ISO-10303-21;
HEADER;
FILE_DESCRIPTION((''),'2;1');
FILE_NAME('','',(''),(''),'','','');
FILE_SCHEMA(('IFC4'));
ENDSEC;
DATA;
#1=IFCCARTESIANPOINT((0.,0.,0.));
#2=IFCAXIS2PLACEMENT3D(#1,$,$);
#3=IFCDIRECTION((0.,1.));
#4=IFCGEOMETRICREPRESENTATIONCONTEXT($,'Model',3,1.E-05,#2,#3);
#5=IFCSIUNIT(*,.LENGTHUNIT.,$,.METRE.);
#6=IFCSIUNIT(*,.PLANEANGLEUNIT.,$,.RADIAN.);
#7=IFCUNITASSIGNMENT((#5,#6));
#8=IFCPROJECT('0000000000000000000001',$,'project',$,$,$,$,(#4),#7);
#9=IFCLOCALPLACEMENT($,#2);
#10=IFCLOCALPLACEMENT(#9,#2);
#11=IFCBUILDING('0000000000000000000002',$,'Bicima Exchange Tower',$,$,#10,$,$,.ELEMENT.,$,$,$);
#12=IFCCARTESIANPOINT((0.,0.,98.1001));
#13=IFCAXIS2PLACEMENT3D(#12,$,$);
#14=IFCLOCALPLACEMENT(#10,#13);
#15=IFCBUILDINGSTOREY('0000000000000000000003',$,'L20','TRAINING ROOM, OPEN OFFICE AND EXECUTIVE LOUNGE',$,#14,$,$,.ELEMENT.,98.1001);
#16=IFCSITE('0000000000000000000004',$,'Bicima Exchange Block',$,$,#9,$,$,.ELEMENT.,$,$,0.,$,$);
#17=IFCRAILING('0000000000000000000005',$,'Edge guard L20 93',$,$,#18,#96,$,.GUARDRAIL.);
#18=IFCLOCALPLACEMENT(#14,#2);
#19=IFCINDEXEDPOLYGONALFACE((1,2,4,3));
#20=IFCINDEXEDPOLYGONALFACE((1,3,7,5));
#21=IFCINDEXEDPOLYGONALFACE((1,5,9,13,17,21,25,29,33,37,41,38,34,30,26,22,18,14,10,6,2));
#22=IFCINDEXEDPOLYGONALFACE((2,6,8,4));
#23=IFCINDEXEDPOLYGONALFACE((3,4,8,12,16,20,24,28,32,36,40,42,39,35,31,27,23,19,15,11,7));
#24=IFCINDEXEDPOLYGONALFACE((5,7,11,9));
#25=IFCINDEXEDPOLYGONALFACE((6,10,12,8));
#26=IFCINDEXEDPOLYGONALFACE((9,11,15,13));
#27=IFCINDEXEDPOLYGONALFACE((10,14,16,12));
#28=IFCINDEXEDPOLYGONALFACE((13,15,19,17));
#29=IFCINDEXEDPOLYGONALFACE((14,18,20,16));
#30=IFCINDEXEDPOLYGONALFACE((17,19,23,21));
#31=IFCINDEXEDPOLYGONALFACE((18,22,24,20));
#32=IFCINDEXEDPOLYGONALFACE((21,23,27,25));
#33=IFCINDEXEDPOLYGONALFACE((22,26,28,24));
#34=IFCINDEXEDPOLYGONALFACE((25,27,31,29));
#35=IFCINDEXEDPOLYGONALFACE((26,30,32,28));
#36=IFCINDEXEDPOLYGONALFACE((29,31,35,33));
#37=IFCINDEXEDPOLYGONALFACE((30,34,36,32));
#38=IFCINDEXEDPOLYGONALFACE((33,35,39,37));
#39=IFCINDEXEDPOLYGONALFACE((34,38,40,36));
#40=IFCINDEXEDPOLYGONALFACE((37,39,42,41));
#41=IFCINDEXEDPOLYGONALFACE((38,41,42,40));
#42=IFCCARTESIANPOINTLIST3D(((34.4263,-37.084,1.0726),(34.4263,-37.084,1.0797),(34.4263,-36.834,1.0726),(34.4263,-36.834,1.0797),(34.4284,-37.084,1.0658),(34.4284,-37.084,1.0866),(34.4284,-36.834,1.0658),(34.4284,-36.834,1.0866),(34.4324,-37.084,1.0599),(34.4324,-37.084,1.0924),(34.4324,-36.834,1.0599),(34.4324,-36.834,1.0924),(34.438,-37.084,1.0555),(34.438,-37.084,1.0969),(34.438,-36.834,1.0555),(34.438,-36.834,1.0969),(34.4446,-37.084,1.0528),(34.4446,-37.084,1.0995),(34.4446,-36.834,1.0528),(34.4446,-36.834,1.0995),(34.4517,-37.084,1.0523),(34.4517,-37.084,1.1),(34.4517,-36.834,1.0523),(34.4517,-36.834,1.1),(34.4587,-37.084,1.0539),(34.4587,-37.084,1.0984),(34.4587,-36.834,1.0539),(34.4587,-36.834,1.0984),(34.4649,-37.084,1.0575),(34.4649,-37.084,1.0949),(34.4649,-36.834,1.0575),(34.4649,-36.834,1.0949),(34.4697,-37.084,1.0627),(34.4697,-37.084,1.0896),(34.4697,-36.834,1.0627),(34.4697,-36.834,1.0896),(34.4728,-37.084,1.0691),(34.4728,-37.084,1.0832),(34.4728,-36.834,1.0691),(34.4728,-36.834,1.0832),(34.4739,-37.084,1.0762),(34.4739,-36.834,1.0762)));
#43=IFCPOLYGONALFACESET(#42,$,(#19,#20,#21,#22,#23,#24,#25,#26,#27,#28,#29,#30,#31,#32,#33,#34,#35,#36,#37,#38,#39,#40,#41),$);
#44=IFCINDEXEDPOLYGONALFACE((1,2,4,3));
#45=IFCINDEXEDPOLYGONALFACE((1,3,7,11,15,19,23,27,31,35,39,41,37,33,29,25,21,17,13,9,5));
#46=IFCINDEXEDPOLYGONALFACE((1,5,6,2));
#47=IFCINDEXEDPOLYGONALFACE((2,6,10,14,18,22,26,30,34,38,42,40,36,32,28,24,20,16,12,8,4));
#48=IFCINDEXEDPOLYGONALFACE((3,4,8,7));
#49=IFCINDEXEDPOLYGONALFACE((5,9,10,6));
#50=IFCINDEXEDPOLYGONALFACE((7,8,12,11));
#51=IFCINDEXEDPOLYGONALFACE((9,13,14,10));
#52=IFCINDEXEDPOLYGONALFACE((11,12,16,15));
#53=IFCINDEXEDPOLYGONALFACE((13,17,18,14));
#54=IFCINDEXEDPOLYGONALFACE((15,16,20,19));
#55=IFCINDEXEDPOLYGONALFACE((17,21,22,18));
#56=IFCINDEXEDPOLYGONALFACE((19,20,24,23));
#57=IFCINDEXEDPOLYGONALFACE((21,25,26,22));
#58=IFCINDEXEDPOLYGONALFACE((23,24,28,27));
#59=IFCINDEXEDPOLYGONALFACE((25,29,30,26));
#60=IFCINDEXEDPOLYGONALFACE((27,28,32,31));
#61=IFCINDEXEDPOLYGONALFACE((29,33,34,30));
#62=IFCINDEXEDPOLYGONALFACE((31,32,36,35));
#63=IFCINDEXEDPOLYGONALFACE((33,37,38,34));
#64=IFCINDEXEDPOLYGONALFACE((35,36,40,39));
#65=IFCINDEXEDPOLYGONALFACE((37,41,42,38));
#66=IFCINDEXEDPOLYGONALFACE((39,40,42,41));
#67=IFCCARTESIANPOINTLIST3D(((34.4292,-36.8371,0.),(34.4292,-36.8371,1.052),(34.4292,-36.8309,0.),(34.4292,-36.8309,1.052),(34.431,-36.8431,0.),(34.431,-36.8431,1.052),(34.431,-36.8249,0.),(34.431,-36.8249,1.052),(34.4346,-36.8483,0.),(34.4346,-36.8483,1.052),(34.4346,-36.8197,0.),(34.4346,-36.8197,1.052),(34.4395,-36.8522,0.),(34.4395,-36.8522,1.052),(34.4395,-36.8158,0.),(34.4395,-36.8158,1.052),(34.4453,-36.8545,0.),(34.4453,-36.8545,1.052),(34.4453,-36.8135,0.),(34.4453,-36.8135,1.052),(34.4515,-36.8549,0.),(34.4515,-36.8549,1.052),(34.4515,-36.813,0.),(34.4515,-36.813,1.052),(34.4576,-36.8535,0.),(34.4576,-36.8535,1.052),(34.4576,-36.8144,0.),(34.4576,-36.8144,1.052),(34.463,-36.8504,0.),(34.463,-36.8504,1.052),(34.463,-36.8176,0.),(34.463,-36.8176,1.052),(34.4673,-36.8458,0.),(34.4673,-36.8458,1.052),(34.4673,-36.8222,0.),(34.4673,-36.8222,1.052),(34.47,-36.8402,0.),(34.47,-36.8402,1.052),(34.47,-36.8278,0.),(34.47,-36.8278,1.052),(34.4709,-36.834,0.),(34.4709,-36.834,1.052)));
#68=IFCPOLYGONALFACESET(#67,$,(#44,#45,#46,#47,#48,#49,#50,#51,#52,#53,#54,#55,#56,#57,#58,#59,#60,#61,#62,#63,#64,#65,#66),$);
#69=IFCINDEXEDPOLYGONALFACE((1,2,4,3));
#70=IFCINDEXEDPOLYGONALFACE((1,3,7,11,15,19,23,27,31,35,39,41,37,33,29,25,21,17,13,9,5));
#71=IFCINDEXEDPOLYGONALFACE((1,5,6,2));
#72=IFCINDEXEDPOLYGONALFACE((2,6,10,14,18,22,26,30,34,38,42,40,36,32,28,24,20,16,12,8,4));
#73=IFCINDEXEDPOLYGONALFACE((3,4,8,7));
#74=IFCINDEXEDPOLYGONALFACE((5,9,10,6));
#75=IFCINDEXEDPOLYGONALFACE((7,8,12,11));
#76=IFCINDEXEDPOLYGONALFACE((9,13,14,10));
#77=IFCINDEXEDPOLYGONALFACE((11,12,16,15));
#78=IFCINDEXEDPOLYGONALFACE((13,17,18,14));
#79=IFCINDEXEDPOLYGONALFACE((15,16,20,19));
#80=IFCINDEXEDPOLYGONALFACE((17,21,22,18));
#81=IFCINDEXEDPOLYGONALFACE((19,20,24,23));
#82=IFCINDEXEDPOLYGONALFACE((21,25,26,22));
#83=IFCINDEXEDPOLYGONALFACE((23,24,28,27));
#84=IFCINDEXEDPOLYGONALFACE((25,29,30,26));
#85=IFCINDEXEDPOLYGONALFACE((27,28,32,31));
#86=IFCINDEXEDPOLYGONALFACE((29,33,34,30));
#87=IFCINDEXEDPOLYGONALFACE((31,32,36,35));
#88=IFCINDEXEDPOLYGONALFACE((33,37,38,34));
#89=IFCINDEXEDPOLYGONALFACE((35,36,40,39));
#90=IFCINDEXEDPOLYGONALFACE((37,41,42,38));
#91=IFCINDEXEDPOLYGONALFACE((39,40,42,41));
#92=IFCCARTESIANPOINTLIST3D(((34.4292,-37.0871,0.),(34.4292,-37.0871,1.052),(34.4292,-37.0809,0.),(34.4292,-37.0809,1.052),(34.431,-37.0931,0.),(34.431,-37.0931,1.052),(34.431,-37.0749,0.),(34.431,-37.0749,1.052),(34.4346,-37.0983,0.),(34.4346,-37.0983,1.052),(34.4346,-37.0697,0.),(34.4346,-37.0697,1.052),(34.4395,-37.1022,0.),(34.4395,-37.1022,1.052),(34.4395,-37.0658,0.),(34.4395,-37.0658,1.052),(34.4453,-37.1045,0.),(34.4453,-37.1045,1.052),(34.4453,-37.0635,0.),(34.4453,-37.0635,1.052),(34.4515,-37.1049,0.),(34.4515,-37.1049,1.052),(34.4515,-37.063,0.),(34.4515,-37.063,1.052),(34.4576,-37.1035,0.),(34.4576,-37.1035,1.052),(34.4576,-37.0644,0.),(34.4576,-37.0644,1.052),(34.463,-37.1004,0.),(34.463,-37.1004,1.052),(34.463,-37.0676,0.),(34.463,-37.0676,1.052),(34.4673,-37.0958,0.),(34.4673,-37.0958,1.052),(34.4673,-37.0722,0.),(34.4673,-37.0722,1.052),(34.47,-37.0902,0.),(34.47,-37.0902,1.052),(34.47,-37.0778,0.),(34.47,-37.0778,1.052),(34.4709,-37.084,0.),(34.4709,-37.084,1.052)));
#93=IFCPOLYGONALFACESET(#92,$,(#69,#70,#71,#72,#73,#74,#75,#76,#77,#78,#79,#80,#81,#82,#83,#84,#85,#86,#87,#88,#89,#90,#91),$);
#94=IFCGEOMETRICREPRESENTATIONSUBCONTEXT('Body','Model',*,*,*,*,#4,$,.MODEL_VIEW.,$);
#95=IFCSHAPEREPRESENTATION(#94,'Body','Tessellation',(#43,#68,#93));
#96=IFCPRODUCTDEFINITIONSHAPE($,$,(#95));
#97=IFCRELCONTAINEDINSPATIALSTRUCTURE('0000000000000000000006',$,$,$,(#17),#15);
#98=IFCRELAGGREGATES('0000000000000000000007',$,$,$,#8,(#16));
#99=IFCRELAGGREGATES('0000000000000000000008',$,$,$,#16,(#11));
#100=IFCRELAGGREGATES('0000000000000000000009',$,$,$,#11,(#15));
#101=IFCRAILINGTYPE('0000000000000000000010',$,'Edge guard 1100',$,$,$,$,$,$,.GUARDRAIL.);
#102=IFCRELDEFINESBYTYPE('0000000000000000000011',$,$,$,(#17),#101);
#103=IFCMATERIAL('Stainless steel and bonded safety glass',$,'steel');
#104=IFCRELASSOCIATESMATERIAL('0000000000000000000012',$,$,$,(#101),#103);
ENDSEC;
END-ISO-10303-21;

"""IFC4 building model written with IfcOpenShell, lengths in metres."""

from ifc_helpers import new_model, si_unit, direction, frame, origin, origin_2d, place, context, subcontext, project, spatial, circle, extrude, material, type_object, element, save


model = new_model("IFC4")

# Units and contexts
model_context = context("Model", 3, precision=1e-05, world=origin(), true_north=direction((0.0, 1.0)))
body_context = subcontext(model_context, "Body", "Model", "MODEL_VIEW")
ifc_project = project(units=[si_unit("LENGTHUNIT", "METRE"), si_unit("PLANEANGLEUNIT", "RADIAN")], contexts=[model_context])

# Site, building, storey
site_placement = place(None, origin())
site = spatial("IfcSite", under=ifc_project, at=site_placement, Name="Bicima Exchange Block", CompositionType="ELEMENT", RefElevation=0.0)
building_placement = place(site_placement, origin())
building = spatial("IfcBuilding", under=site, at=building_placement, Name="Bicima Exchange Tower", CompositionType="ELEMENT")
storey_placement = place(building_placement, frame((0.0, 0.0, 98.1001)))
storey = spatial("IfcBuildingStorey", under=building, at=storey_placement, Name="L20", Description="TRAINING ROOM, OPEN OFFICE AND EXECUTIVE LOUNGE", CompositionType="ELEMENT", Elevation=98.1001)

# Railing
ifc_material_1 = material(Name="Stainless steel and bonded safety glass", Category="steel")
railing_type = type_object("IfcRailingType", Name="Edge guard 1100", PredefinedType="GUARDRAIL", material=ifc_material_1)
railing_1_placement = place(storey_placement, frame((34.45, -36.834, 0.0)))
element("IfcRailing", 1, at=railing_1_placement, inside=storey, type_object=railing_type, Name="Edge guard L20 93", PredefinedType="GUARDRAIL", context=body_context, shape_type="SweptSolid", body=[
    extrude(circle(Radius=0.0239, at=origin_2d()), frame((0.0, 0.0, 1.0762), z_axis=(0.0, -1.0, 0.0), x_axis=(1.0, 0.0, 0.0)), (0.0, 0.0, 1.0), 0.25),
    extrude(circle(Radius=0.021, at=origin_2d()), origin(), (0.0, 0.0, 1.0), 1.052),
    extrude(circle(Radius=0.021, at=origin_2d()), frame((0.0, -0.25, 0.0)), (0.0, 0.0, 1.0), 1.052),
])

save(model, "model.ifc")
